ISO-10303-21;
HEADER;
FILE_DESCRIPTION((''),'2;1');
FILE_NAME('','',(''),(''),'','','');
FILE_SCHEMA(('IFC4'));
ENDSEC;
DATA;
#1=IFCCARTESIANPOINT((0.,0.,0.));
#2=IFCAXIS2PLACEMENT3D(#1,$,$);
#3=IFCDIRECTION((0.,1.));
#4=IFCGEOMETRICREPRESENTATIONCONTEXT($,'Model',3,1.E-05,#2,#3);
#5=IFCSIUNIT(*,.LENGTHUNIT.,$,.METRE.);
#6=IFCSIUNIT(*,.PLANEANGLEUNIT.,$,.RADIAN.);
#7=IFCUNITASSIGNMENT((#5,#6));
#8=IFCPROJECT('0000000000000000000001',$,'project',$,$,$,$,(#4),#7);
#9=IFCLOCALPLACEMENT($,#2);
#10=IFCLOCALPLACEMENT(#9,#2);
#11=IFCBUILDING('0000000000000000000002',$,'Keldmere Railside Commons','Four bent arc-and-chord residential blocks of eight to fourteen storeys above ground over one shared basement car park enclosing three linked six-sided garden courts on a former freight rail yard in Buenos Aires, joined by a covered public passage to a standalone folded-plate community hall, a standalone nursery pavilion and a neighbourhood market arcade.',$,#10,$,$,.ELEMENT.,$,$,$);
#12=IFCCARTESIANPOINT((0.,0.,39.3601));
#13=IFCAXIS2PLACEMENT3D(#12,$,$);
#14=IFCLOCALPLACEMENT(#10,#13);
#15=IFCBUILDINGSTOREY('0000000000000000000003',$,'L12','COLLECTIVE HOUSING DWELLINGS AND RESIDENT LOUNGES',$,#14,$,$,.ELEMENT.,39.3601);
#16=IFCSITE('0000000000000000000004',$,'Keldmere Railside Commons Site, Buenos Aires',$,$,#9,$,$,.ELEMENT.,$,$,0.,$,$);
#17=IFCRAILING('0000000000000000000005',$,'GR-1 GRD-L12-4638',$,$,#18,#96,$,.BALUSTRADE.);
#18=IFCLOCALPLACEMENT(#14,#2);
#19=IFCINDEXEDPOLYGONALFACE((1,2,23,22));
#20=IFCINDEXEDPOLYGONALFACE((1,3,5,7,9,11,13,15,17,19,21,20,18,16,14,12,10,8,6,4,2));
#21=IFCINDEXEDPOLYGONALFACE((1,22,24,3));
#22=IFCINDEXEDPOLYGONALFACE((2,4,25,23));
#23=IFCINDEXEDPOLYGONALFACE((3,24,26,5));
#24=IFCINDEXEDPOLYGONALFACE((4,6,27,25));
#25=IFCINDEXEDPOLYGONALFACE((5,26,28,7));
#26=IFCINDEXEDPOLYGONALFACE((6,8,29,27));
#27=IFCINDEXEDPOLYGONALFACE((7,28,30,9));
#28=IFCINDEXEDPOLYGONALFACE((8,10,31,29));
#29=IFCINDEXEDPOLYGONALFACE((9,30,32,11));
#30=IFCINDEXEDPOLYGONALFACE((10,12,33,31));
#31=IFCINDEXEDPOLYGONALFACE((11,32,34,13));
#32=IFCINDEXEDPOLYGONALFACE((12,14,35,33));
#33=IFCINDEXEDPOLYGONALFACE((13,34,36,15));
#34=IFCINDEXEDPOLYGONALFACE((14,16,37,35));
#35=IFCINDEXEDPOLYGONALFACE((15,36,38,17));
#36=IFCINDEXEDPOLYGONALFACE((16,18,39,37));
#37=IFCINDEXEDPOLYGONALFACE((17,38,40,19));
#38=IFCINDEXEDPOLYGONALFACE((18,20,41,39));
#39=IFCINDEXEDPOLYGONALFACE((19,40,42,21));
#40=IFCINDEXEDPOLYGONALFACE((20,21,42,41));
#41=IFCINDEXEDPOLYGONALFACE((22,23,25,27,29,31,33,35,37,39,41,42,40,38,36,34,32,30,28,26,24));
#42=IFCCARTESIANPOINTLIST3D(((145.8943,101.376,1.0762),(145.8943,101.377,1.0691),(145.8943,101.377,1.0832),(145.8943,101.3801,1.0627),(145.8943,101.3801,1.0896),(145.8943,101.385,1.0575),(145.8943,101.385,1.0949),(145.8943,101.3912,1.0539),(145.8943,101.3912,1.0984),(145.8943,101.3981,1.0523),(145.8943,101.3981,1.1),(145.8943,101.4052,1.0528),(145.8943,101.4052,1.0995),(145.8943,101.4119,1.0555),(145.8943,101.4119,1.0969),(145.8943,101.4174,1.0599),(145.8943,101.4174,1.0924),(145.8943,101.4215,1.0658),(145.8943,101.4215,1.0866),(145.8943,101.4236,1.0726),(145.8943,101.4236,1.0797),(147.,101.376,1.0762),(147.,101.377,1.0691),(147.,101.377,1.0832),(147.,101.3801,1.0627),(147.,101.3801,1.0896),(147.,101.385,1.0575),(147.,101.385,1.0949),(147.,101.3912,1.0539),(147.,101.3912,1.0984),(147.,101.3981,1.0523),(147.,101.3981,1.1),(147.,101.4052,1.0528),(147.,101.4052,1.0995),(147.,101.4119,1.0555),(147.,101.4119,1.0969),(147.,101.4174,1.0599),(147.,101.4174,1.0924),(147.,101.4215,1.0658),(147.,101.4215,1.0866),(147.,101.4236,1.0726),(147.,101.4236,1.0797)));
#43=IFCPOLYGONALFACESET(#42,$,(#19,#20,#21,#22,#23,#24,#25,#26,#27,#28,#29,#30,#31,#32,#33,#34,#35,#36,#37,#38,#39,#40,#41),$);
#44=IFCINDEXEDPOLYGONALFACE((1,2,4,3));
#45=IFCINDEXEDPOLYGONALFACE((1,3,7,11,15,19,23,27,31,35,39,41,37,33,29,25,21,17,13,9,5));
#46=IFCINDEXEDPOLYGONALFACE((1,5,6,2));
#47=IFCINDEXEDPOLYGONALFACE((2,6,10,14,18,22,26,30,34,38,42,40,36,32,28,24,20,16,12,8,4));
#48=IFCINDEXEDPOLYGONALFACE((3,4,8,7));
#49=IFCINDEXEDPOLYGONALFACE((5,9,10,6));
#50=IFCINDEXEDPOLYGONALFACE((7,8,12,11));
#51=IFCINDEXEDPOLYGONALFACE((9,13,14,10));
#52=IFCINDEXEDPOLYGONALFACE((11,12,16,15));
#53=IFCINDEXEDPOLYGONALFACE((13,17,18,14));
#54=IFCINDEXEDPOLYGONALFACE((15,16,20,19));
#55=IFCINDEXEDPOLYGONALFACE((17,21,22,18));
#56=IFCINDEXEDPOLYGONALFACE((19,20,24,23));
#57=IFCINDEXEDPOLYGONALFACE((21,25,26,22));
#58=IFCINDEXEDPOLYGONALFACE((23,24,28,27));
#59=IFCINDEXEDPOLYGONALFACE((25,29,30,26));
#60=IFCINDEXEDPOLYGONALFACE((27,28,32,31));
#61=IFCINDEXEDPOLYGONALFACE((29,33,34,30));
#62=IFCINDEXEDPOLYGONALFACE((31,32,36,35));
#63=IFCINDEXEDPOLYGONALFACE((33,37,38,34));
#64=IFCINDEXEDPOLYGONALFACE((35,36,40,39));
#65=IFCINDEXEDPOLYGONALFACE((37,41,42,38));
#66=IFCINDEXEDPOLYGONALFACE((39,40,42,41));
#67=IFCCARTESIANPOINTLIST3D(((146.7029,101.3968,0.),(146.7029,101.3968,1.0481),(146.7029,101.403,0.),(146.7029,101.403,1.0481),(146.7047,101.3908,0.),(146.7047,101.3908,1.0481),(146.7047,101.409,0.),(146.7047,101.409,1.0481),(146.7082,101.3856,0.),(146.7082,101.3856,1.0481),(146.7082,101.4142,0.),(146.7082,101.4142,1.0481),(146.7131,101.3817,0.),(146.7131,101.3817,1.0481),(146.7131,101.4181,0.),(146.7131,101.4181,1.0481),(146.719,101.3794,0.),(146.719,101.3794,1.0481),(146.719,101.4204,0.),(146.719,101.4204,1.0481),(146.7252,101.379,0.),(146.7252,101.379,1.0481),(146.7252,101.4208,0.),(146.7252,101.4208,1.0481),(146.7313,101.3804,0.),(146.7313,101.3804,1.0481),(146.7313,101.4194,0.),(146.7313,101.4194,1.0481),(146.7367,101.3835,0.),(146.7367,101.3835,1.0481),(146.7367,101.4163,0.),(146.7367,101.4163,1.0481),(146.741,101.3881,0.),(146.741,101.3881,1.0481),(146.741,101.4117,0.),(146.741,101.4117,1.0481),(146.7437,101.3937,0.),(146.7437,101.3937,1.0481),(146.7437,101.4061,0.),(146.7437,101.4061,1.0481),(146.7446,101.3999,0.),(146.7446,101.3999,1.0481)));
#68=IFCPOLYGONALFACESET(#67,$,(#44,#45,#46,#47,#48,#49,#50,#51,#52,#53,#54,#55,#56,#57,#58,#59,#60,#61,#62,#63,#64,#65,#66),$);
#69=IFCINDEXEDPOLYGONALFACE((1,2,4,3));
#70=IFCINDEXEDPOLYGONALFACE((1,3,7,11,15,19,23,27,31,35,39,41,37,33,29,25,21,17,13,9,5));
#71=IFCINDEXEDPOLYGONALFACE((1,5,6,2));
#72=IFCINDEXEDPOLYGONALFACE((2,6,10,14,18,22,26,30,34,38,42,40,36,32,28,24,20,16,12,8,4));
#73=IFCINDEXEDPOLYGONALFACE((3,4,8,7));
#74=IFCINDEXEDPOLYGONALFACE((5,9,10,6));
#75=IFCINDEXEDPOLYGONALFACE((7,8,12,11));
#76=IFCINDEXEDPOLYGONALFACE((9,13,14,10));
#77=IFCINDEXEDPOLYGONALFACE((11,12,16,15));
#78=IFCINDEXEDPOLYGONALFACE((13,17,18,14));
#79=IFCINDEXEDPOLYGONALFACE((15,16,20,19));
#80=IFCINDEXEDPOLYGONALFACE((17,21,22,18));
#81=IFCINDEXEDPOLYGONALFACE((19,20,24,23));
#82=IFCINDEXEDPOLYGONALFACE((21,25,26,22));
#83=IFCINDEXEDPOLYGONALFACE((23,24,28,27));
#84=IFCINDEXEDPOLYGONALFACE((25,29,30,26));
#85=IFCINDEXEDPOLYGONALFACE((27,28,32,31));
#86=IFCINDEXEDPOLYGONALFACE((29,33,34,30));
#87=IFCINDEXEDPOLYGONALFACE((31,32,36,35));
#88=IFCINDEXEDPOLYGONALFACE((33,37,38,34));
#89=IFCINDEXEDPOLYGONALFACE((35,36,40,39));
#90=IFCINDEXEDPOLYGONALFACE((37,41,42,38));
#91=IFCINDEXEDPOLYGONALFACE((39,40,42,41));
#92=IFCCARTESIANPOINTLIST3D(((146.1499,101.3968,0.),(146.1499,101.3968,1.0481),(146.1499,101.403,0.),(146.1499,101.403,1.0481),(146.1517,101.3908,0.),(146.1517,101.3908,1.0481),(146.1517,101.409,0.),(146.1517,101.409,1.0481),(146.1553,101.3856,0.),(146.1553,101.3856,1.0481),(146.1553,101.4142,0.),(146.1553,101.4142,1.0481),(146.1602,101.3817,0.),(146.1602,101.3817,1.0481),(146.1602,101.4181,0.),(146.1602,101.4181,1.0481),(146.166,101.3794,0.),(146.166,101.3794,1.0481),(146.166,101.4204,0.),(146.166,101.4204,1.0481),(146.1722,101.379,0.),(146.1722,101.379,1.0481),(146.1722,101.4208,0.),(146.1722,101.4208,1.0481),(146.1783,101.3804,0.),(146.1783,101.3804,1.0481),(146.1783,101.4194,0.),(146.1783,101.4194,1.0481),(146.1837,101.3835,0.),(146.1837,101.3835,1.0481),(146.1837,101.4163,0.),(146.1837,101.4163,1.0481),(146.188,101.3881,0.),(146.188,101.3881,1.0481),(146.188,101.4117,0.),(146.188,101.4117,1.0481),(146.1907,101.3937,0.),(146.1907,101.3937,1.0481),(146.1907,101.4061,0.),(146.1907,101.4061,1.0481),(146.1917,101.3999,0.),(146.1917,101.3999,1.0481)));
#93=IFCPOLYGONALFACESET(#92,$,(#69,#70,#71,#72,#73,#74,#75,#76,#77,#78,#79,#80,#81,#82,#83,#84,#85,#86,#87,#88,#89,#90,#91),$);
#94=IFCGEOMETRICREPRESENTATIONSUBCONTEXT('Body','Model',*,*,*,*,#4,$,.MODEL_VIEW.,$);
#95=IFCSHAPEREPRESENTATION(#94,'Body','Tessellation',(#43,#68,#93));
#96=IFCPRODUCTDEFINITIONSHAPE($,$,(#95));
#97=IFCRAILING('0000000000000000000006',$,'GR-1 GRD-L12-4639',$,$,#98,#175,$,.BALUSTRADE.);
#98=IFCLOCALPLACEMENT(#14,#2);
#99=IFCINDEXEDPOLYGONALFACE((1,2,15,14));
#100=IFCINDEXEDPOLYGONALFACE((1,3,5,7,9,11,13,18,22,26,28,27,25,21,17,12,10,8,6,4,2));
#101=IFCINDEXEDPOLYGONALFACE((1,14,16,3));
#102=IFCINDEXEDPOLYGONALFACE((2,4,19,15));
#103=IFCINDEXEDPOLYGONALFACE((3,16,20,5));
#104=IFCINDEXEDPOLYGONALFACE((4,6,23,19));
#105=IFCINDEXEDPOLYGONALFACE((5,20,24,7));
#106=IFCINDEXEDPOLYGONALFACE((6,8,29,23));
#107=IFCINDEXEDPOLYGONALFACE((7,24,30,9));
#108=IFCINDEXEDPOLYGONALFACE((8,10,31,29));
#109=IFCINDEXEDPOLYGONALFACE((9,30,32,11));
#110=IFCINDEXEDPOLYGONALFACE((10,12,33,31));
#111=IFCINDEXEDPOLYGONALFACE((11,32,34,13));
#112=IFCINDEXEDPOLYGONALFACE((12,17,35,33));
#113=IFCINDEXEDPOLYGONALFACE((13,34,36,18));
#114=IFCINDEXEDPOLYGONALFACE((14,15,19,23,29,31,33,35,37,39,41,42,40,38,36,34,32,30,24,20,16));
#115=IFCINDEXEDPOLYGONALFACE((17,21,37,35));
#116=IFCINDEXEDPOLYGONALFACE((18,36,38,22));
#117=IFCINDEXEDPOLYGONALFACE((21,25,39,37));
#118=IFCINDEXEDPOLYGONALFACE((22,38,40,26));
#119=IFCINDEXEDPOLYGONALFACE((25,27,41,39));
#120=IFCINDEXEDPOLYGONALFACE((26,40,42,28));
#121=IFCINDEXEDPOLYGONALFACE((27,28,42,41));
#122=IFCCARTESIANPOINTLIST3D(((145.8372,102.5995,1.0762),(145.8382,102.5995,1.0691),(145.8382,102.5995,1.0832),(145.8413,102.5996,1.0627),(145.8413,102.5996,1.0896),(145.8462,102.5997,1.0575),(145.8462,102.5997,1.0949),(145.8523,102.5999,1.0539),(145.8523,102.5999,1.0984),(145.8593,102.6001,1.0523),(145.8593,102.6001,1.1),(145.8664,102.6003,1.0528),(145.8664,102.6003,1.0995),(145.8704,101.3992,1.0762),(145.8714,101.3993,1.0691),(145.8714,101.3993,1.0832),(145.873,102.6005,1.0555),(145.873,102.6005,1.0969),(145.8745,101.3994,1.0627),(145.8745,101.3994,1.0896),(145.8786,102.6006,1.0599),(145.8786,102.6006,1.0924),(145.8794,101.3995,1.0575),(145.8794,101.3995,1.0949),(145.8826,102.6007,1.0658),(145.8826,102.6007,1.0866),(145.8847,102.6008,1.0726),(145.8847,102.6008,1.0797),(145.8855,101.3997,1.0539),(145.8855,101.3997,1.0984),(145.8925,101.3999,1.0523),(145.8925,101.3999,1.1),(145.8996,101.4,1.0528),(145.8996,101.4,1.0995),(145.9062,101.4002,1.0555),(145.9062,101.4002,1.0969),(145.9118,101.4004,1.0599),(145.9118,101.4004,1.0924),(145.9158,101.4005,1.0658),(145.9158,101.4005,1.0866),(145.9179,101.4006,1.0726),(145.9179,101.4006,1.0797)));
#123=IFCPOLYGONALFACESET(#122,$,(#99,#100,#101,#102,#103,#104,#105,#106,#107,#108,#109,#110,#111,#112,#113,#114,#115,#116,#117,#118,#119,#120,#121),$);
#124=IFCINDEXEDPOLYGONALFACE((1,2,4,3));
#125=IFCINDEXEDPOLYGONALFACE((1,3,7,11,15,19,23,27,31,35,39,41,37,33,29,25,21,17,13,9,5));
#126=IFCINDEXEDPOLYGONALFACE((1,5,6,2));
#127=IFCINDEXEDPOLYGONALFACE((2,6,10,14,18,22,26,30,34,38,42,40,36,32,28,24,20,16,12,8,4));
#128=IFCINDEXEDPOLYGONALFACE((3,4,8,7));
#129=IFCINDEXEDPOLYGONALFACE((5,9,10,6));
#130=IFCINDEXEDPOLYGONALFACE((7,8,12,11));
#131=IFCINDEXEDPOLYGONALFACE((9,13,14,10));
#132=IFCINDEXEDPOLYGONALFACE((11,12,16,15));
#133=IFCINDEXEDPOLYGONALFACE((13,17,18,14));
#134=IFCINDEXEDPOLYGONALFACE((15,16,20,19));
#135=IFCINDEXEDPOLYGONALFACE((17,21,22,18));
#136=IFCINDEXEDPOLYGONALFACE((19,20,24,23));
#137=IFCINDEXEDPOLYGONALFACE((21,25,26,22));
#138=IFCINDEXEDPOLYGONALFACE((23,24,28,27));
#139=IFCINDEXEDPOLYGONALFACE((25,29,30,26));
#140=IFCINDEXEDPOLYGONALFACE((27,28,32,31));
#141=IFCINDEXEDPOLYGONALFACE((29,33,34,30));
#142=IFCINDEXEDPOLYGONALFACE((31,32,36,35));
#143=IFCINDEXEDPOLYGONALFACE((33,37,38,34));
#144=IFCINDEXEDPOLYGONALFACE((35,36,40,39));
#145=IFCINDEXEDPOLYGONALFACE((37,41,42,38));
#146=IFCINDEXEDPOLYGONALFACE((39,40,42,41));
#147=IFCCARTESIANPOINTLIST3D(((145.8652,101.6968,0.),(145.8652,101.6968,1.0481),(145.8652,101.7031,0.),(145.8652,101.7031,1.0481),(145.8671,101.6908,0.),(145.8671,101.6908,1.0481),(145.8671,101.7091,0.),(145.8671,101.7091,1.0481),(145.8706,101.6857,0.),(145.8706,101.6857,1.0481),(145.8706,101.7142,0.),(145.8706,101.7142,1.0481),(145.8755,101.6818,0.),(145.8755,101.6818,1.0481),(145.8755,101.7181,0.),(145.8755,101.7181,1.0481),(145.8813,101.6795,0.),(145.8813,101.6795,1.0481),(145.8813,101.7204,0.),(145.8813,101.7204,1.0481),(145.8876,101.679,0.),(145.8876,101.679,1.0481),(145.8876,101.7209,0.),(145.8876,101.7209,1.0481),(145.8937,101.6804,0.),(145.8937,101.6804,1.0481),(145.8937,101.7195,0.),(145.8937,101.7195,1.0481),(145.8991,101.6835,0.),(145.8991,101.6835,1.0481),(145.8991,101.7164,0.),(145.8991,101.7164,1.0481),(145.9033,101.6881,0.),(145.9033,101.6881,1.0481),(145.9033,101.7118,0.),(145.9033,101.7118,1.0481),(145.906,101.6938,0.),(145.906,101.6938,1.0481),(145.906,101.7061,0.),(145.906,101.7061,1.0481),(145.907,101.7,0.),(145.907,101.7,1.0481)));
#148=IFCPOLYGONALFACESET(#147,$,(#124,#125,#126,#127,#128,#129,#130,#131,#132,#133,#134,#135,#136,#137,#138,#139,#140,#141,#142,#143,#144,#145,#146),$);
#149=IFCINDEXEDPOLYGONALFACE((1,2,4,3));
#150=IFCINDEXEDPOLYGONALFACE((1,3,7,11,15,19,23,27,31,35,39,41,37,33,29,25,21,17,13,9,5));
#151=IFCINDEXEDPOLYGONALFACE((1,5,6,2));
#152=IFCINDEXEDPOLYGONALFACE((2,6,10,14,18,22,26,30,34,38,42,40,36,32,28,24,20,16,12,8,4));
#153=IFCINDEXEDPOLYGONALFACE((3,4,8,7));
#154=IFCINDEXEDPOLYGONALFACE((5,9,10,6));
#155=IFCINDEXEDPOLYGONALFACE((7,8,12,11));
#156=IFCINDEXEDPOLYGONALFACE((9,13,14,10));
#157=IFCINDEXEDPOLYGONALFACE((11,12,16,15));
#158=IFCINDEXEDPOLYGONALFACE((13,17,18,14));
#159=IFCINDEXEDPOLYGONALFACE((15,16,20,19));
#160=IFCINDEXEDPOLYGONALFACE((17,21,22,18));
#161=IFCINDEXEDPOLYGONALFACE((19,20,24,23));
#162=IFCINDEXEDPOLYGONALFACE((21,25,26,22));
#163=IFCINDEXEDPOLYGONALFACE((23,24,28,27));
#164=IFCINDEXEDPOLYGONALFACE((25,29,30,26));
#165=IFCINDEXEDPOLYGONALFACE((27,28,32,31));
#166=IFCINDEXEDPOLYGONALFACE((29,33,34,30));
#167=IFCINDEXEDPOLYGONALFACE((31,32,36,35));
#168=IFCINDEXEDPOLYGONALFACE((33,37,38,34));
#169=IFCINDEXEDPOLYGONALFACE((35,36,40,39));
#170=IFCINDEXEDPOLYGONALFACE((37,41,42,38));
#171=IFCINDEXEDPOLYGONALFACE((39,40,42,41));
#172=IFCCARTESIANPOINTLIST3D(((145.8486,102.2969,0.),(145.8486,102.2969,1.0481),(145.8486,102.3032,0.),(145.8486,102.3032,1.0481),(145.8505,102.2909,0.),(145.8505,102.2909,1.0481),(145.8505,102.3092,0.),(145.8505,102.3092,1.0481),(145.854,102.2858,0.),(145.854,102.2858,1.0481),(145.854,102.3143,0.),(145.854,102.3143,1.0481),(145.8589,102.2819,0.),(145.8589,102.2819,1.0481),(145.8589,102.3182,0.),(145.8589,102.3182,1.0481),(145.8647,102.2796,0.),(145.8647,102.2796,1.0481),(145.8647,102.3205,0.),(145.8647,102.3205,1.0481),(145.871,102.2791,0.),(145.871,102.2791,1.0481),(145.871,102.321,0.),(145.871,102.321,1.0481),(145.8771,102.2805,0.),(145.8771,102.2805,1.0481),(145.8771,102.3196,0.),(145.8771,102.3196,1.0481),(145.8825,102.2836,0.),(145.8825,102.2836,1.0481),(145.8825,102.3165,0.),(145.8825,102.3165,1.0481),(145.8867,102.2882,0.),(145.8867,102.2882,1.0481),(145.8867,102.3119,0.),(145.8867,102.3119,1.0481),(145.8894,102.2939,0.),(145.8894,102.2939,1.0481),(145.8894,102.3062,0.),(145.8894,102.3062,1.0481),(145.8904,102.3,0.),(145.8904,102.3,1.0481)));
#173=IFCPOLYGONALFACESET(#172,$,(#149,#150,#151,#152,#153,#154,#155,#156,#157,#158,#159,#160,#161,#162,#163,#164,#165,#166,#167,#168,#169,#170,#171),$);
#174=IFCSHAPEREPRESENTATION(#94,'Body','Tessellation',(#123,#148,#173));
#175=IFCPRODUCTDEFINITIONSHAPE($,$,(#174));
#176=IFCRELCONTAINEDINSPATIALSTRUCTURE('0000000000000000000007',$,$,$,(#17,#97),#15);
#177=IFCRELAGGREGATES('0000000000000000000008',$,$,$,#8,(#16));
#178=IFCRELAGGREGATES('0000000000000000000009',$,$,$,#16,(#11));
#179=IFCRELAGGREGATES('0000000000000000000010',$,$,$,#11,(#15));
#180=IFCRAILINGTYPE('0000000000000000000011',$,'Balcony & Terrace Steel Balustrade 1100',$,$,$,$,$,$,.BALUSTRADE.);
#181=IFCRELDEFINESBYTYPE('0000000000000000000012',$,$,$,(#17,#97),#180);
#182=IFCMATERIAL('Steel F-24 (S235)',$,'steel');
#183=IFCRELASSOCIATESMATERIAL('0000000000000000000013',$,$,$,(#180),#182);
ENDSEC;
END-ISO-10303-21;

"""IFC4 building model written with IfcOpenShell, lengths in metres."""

from ifc_helpers import new_model, si_unit, direction, frame, origin, origin_2d, place, context, subcontext, project, spatial, circle, extrude, material, type_object, element, save


model = new_model("IFC4")

# Units and contexts
model_context = context("Model", 3, precision=1e-05, world=origin(), true_north=direction((0.0, 1.0)))
body_context = subcontext(model_context, "Body", "Model", "MODEL_VIEW")
ifc_project = project(units=[si_unit("LENGTHUNIT", "METRE"), si_unit("PLANEANGLEUNIT", "RADIAN")], contexts=[model_context])

# Site, building, storey
site_placement = place(None, origin())
site = spatial("IfcSite", under=ifc_project, at=site_placement, Name="Keldmere Railside Commons Site, Buenos Aires", CompositionType="ELEMENT", RefElevation=0.0)
building_placement = place(site_placement, origin())
building = spatial("IfcBuilding", under=site, at=building_placement, Name="Keldmere Railside Commons", Description="Four bent arc-and-chord residential blocks of eight to fourteen storeys above ground over one shared basement car park enclosing three linked six-sided garden courts on a former freight rail yard in Buenos Aires, joined by a covered public passage to a standalone folded-plate community hall, a standalone nursery pavilion and a neighbourhood market arcade.", CompositionType="ELEMENT")
storey_placement = place(building_placement, frame((0.0, 0.0, 39.3601)))
storey = spatial("IfcBuildingStorey", under=building, at=storey_placement, Name="L12", Description="COLLECTIVE HOUSING DWELLINGS AND RESIDENT LOUNGES", CompositionType="ELEMENT", Elevation=39.3601)

# Railings
ifc_material_1 = material(Name="Steel F-24 (S235)", Category="steel")
railing_type_1 = type_object("IfcRailingType", Name="Balcony & Terrace Steel Balustrade 1100", PredefinedType="BALUSTRADE", material=ifc_material_1)
railing_1_placement = place(storey_placement, frame((147.0, 101.3999, 0.0)))
element("IfcRailing", 1, at=railing_1_placement, inside=storey, type_object=railing_type_1, Name="GR-1 GRD-L12-4638", PredefinedType="BALUSTRADE", context=body_context, shape_type="SweptSolid", body=[
    extrude(circle(Radius=0.0239, at=origin_2d()), frame((0.0, 0.0, 1.0762), z_axis=(-1.0, 0.0, 0.0), x_axis=(0.0, -1.0, 0.0)), (0.0, 0.0, 1.0), 1.1057),
    extrude(circle(Radius=0.021, at=origin_2d()), frame((-0.2764, 0.0, 0.0)), (0.0, 0.0, 1.0), 1.0481),
    extrude(circle(Radius=0.021, at=origin_2d()), frame((-0.8293, 0.0, 0.0)), (0.0, 0.0, 1.0), 1.0481),
])
railing_2_placement = place(storey_placement, frame((145.8943, 101.3999, 0.0)))
element("IfcRailing", 2, at=railing_2_placement, inside=storey, type_object=railing_type_1, Name="GR-1 GRD-L12-4639", PredefinedType="BALUSTRADE", context=body_context, shape_type="SweptSolid", body=[
    extrude(circle(Radius=0.0239, at=origin_2d()), frame((0.0, 0.0, 1.0762), z_axis=(-0.027654, 0.999618, 0.0), x_axis=(-0.999618, -0.027654, 0.0)), (0.0, 0.0, 1.0), 1.2007),
    extrude(circle(Radius=0.021, at=origin_2d()), frame((-0.0083, 0.3, 0.0)), (0.0, 0.0, 1.0), 1.0481),
    extrude(circle(Radius=0.021, at=origin_2d()), frame((-0.0249, 0.9001, 0.0)), (0.0, 0.0, 1.0), 1.0481),
])

save(model, "model.ifc")
